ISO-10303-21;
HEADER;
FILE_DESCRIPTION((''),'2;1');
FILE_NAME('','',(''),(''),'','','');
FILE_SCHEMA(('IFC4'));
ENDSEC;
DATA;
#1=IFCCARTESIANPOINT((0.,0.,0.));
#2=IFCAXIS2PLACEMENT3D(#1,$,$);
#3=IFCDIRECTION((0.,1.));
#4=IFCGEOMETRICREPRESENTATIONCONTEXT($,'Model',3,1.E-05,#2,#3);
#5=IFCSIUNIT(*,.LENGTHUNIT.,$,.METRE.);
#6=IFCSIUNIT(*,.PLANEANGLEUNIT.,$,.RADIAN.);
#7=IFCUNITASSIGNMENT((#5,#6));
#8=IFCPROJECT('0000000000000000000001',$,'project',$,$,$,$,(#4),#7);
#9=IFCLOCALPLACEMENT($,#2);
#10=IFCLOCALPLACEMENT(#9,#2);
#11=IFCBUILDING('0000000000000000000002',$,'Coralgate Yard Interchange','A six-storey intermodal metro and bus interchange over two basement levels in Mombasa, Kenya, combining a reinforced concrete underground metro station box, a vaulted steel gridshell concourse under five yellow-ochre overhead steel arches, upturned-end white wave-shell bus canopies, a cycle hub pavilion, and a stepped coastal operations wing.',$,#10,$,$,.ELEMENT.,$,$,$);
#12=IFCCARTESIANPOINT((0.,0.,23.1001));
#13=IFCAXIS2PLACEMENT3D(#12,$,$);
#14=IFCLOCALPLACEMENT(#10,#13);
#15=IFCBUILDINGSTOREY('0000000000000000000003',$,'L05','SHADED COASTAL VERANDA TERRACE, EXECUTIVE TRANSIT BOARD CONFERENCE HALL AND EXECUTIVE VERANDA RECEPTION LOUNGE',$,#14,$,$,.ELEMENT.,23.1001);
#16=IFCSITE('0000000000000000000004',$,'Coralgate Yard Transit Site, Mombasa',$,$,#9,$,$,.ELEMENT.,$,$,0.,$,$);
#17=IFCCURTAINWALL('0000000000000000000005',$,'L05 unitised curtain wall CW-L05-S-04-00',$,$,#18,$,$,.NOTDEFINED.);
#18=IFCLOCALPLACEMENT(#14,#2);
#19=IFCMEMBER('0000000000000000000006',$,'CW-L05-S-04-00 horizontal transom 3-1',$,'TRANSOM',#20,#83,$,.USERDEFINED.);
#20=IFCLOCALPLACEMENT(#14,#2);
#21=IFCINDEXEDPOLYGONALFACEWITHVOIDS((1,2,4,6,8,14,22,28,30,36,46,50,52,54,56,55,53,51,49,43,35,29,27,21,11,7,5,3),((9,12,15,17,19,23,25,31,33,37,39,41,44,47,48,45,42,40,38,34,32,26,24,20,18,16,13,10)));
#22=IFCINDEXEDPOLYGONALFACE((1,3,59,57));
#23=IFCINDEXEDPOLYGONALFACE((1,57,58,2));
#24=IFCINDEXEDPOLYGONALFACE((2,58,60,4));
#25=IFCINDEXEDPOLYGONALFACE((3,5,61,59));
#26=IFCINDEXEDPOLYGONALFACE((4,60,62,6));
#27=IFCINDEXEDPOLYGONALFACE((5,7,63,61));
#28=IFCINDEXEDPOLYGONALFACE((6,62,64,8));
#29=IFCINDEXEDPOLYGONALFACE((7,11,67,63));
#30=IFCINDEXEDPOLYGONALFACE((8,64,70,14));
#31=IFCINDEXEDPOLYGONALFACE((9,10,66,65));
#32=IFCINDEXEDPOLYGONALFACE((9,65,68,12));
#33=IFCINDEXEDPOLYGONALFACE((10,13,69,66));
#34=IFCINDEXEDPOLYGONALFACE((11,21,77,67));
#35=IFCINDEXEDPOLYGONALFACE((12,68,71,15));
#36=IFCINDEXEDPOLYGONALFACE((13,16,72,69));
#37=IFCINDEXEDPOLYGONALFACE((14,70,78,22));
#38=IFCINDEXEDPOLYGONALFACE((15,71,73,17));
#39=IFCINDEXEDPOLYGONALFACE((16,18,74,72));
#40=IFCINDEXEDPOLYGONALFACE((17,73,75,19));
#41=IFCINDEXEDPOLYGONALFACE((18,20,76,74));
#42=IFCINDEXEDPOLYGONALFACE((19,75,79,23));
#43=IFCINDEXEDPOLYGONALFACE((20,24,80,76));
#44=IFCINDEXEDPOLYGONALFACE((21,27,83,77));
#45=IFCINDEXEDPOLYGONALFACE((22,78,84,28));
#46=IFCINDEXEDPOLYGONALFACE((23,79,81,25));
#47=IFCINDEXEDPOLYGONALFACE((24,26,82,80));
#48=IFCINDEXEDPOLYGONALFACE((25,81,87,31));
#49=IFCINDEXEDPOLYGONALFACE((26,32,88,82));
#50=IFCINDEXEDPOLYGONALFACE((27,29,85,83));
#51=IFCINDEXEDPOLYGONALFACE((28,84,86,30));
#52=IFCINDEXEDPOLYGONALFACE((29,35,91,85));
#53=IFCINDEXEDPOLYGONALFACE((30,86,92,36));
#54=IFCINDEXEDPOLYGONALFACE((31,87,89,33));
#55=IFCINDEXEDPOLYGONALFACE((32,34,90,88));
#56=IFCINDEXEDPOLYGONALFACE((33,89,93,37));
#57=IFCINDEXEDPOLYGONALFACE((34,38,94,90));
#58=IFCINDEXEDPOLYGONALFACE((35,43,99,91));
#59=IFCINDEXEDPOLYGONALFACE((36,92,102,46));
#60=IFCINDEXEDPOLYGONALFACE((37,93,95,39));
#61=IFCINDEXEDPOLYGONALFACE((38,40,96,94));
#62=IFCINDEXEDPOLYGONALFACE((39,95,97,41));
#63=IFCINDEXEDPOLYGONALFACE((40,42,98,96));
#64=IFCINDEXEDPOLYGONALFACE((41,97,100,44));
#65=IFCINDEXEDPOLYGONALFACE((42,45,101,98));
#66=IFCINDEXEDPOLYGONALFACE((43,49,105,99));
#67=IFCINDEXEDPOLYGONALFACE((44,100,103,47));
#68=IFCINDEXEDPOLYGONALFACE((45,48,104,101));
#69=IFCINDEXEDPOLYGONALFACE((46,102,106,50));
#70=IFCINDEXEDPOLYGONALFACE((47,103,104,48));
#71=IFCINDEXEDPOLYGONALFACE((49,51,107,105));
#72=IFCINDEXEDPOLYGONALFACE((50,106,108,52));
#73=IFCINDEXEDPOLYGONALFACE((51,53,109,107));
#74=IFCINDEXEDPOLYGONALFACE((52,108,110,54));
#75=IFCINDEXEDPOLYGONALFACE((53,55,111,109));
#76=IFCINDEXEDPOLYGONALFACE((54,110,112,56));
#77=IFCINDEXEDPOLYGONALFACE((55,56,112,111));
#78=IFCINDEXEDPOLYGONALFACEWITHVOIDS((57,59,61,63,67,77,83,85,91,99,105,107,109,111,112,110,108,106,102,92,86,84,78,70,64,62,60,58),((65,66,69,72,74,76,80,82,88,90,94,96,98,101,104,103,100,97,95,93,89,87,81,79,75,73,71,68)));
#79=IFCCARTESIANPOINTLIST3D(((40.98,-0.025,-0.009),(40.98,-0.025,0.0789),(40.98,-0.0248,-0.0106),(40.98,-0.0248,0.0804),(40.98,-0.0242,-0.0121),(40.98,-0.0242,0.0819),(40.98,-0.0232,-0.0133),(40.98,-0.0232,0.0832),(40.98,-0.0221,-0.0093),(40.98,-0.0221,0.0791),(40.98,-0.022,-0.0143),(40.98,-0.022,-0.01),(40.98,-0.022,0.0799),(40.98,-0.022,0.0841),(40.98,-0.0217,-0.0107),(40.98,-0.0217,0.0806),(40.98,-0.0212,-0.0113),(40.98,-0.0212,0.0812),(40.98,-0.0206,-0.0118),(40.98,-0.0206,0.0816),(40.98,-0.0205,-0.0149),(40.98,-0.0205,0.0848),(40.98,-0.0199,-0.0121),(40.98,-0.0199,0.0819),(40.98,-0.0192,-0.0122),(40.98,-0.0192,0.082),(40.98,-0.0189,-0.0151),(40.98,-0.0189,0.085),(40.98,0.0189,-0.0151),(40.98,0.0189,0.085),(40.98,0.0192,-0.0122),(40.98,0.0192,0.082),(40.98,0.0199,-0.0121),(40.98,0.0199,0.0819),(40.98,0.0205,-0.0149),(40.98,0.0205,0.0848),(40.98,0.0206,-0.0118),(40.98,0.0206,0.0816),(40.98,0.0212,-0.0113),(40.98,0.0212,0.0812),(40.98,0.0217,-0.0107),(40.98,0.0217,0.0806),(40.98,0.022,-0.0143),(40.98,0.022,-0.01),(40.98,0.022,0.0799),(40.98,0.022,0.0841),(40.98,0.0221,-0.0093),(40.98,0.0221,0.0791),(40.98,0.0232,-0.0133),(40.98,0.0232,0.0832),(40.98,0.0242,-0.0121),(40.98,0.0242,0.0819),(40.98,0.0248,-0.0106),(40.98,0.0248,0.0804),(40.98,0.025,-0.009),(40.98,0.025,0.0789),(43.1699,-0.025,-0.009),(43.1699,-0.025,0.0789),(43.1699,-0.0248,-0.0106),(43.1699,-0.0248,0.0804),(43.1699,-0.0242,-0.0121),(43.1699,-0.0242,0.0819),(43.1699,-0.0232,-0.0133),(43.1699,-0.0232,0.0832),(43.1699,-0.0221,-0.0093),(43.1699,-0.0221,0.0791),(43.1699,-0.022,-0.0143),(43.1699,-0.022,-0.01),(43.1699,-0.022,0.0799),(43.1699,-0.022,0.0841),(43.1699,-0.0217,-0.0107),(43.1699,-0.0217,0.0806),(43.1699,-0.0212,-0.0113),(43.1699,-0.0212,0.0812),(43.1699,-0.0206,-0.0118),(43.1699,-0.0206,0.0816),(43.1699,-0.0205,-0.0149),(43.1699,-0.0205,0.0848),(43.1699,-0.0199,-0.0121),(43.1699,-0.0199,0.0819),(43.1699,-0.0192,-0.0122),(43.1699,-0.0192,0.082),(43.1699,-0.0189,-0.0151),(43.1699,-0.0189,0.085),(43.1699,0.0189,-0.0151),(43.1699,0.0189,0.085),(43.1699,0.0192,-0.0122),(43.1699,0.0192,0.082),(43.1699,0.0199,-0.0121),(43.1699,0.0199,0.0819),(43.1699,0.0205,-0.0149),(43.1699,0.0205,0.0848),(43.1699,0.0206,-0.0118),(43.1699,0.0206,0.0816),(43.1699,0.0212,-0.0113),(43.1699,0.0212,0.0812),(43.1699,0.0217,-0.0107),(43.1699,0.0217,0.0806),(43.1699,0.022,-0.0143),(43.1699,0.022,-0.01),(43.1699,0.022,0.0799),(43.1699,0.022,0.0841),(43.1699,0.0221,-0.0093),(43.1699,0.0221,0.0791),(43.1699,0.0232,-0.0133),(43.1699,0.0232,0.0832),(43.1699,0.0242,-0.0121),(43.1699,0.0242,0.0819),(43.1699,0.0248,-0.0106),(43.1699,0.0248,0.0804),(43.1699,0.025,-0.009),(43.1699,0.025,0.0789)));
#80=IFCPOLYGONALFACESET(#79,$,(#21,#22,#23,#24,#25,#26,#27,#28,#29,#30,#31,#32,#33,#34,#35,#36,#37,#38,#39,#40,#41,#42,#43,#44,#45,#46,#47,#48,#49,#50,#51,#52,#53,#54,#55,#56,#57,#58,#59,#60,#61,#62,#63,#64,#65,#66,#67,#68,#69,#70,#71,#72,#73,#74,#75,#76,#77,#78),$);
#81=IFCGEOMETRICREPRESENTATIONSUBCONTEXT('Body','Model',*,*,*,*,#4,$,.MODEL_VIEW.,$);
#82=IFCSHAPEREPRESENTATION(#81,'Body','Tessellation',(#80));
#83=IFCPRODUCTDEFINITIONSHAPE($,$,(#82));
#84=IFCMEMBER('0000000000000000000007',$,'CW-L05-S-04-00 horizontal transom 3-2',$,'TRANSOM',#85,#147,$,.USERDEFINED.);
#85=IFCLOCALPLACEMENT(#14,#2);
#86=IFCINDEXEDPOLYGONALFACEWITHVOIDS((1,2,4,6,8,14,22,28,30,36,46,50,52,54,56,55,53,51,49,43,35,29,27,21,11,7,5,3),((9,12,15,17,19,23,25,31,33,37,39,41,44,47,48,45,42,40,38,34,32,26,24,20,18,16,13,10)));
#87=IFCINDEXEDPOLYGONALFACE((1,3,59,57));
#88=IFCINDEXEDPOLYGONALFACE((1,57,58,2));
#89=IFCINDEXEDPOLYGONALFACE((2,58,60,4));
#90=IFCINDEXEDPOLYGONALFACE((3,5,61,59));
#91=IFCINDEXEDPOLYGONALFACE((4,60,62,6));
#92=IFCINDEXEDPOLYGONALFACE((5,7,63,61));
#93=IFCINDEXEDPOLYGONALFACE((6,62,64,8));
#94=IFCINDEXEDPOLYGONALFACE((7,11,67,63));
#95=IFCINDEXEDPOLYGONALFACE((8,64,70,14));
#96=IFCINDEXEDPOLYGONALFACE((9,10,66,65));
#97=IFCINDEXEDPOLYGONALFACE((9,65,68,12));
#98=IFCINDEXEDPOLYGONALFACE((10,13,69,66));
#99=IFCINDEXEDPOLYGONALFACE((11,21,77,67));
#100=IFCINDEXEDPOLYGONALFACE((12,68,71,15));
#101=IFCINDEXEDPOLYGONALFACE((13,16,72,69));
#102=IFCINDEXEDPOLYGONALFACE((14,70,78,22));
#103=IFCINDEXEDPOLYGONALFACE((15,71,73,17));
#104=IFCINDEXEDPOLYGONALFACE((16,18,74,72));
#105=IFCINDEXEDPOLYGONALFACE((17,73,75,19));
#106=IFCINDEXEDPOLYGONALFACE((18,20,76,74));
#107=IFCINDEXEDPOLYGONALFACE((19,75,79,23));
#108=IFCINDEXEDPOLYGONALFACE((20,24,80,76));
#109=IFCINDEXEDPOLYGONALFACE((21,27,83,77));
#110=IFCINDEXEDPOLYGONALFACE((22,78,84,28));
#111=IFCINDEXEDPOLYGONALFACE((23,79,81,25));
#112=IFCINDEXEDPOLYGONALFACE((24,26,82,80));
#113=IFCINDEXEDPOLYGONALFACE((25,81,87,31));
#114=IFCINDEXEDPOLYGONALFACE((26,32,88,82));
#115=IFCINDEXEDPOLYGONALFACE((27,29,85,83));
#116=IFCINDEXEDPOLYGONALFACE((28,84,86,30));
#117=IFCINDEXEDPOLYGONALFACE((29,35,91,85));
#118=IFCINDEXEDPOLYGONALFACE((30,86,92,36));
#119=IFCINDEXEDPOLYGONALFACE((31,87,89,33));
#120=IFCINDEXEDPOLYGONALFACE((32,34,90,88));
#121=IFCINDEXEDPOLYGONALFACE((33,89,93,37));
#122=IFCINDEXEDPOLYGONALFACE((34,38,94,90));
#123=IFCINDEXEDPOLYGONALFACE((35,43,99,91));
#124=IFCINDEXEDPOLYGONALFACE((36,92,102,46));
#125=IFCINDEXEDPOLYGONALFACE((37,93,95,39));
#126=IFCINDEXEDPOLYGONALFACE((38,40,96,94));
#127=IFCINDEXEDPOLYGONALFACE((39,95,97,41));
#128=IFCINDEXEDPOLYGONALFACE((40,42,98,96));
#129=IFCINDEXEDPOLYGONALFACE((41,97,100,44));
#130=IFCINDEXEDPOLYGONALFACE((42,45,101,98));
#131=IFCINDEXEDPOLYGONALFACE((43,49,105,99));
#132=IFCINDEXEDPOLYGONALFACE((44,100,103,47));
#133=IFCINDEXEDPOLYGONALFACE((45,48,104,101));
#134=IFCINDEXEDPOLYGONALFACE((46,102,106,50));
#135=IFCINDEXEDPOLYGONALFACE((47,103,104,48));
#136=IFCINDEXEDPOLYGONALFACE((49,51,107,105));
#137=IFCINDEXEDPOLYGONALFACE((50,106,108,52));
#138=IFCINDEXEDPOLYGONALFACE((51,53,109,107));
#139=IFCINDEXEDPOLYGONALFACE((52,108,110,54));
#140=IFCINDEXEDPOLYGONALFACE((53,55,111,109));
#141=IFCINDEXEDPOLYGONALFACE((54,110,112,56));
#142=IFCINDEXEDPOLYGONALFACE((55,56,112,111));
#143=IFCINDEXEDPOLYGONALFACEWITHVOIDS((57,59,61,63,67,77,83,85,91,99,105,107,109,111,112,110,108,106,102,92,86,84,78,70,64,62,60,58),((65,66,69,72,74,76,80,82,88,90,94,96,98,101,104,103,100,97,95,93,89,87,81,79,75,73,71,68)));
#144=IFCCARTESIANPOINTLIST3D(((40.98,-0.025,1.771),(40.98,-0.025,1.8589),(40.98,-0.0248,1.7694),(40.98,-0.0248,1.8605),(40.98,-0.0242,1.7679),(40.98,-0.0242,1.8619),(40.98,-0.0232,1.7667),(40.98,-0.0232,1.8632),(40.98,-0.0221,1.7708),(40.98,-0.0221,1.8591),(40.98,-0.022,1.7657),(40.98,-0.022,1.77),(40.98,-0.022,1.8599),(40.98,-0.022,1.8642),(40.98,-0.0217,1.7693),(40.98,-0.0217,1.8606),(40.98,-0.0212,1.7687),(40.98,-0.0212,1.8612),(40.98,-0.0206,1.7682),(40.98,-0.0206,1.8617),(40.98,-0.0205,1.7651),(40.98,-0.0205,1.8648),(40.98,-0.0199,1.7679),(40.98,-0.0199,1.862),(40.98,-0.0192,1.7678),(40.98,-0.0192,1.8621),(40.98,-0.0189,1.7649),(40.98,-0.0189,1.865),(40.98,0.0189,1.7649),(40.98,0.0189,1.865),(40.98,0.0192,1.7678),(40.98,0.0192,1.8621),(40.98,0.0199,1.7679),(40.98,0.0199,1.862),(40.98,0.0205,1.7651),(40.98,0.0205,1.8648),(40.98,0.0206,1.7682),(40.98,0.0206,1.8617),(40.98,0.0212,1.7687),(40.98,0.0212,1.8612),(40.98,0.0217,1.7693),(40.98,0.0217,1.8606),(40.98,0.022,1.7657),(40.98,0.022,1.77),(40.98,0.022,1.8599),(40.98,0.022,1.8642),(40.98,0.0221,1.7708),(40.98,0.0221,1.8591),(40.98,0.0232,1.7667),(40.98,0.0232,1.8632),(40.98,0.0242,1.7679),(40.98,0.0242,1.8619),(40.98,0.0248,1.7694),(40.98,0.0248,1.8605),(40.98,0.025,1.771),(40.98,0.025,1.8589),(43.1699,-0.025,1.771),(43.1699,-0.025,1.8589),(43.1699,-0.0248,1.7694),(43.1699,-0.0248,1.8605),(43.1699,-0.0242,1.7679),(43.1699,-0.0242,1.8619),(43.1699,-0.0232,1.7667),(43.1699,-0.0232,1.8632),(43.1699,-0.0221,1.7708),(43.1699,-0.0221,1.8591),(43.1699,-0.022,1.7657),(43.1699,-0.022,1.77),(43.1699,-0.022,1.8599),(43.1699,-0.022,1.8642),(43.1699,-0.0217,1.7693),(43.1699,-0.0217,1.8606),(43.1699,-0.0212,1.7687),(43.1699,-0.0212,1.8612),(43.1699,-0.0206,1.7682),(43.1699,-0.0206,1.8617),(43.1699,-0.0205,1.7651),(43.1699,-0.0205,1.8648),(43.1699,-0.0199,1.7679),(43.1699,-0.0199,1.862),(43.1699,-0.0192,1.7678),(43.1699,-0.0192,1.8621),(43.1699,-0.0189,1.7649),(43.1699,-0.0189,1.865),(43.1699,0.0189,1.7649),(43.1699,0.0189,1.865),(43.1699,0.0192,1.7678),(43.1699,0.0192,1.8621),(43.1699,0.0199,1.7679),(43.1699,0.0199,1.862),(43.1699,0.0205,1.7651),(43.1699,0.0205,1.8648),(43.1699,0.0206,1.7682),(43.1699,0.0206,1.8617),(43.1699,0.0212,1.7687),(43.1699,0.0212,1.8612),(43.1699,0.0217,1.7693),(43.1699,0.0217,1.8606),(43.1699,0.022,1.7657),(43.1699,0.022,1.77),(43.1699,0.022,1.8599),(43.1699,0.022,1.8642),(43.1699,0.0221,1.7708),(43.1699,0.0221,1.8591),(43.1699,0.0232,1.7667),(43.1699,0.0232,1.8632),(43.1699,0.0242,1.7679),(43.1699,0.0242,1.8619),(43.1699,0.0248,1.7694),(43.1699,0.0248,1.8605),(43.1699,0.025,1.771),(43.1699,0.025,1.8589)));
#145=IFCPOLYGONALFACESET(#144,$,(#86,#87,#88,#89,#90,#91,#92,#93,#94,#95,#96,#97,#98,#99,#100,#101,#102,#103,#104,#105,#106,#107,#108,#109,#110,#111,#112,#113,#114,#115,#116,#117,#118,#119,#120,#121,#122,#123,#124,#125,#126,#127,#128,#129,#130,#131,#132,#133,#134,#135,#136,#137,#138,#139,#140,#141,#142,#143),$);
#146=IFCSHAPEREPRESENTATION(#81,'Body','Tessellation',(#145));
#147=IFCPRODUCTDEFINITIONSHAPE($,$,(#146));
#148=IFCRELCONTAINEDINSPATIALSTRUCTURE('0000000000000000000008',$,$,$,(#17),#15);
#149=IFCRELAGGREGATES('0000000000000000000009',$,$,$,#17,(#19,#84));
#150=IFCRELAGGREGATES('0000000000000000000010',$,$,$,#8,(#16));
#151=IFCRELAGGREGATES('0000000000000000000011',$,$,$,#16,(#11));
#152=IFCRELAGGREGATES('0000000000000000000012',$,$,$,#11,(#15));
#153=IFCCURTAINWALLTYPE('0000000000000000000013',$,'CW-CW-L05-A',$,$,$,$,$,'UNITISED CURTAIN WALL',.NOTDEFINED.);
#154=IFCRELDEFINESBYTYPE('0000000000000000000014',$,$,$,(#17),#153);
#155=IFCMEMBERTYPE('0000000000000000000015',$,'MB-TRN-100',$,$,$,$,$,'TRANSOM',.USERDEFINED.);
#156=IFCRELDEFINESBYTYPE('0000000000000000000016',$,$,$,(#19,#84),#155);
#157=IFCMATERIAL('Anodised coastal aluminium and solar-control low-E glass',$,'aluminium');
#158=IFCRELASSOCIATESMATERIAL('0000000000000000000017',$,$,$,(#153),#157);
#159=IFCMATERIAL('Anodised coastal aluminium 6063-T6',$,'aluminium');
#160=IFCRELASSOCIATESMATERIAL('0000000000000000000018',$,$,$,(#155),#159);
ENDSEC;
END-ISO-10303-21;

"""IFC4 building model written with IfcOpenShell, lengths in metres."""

from ifc_helpers import new_model, si_unit, direction, frame, origin, origin_2d, place, context, subcontext, project, spatial, hollow_rectangle, extrude, material, material_profile, profile_set, type_object, element, aggregate, save


model = new_model("IFC4")

# Units and contexts
model_context = context("Model", 3, precision=1e-05, world=origin(), true_north=direction((0.0, 1.0)))
body_context = subcontext(model_context, "Body", "Model", "MODEL_VIEW")
ifc_project = project(units=[si_unit("LENGTHUNIT", "METRE"), si_unit("PLANEANGLEUNIT", "RADIAN")], contexts=[model_context])

# Site, building, storey
site_placement = place(None, origin())
site = spatial("IfcSite", under=ifc_project, at=site_placement, Name="Coralgate Yard Transit Site, Mombasa", CompositionType="ELEMENT", RefElevation=0.0)
building_placement = place(site_placement, origin())
building = spatial("IfcBuilding", under=site, at=building_placement, Name="Coralgate Yard Interchange", Description="A six-storey intermodal metro and bus interchange over two basement levels in Mombasa, Kenya, combining a reinforced concrete underground metro station box, a vaulted steel gridshell concourse under five yellow-ochre overhead steel arches, upturned-end white wave-shell bus canopies, a cycle hub pavilion, and a stepped coastal operations wing.", CompositionType="ELEMENT")
storey_placement = place(building_placement, frame((0.0, 0.0, 23.1001)))
storey = spatial("IfcBuildingStorey", under=building, at=storey_placement, Name="L05", Description="SHADED COASTAL VERANDA TERRACE, EXECUTIVE TRANSIT BOARD CONFERENCE HALL AND EXECUTIVE VERANDA RECEPTION LOUNGE", CompositionType="ELEMENT", Elevation=23.1001)

# Curtain wall, members
ifc_material_1 = material(Name="Anodised coastal aluminium and solar-control low-E glass", Category="aluminium")
curtain_wall_type = type_object("IfcCurtainWallType", Name="CW-CW-L05-A", ElementType="UNITISED CURTAIN WALL", PredefinedType="NOTDEFINED", material=ifc_material_1)
curtain_wall_placement = place(storey_placement, origin())
curtain_wall = element("IfcCurtainWall", 1, at=curtain_wall_placement, inside=storey, type_object=curtain_wall_type, Name="L05 unitised curtain wall CW-L05-S-04-00", PredefinedType="NOTDEFINED")
ifc_material_2 = material(Name="Anodised coastal aluminium 6063-T6", Category="aluminium")
ifc_material_profile_1 = material_profile(ifc_material_2, hollow_rectangle(XDim=0.05, YDim=0.1001, WallThickness=0.0029, InnerFilletRadius=0.0029, OuterFilletRadius=0.0061, at=origin_2d()), Name="ALU 50x100x3")
ifc_profile_set_1 = profile_set([ifc_material_profile_1], Name="Anodised coastal aluminium 6063-T6")
member_type_1 = type_object("IfcMemberType", Name="MB-TRN-100", ElementType="TRANSOM", PredefinedType="USERDEFINED", material=ifc_profile_set_1)
member_1_placement = place(storey_placement, frame((43.1699, 0.0, 0.0349), z_axis=(-1.0, 0.0, 0.0), x_axis=(0.0, -1.0, 0.0)))
member_1 = element("IfcMember", 2, at=member_1_placement, type_object=member_type_1, Name="CW-L05-S-04-00 horizontal transom 3-1", ObjectType="TRANSOM", PredefinedType="USERDEFINED", context=body_context, shape_type="SweptSolid", body=[
    extrude(hollow_rectangle(XDim=0.05, YDim=0.1001, WallThickness=0.0029, InnerFilletRadius=0.0029, OuterFilletRadius=0.0061, at=origin_2d()), origin(), (0.0, 0.0, 1.0), 2.1899),
])
member_2_placement = place(storey_placement, frame((43.1699, 0.0, 1.8149), z_axis=(-1.0, 0.0, 0.0), x_axis=(0.0, -1.0, 0.0)))
member_2 = element("IfcMember", 3, at=member_2_placement, type_object=member_type_1, Name="CW-L05-S-04-00 horizontal transom 3-2", ObjectType="TRANSOM", PredefinedType="USERDEFINED", context=body_context, shape_type="SweptSolid", body=[
    extrude(hollow_rectangle(XDim=0.05, YDim=0.1001, WallThickness=0.0029, InnerFilletRadius=0.0029, OuterFilletRadius=0.0061, at=origin_2d()), origin(), (0.0, 0.0, 1.0), 2.1899),
])
aggregate(curtain_wall, [member_1, member_2])

save(model, "model.ifc")
